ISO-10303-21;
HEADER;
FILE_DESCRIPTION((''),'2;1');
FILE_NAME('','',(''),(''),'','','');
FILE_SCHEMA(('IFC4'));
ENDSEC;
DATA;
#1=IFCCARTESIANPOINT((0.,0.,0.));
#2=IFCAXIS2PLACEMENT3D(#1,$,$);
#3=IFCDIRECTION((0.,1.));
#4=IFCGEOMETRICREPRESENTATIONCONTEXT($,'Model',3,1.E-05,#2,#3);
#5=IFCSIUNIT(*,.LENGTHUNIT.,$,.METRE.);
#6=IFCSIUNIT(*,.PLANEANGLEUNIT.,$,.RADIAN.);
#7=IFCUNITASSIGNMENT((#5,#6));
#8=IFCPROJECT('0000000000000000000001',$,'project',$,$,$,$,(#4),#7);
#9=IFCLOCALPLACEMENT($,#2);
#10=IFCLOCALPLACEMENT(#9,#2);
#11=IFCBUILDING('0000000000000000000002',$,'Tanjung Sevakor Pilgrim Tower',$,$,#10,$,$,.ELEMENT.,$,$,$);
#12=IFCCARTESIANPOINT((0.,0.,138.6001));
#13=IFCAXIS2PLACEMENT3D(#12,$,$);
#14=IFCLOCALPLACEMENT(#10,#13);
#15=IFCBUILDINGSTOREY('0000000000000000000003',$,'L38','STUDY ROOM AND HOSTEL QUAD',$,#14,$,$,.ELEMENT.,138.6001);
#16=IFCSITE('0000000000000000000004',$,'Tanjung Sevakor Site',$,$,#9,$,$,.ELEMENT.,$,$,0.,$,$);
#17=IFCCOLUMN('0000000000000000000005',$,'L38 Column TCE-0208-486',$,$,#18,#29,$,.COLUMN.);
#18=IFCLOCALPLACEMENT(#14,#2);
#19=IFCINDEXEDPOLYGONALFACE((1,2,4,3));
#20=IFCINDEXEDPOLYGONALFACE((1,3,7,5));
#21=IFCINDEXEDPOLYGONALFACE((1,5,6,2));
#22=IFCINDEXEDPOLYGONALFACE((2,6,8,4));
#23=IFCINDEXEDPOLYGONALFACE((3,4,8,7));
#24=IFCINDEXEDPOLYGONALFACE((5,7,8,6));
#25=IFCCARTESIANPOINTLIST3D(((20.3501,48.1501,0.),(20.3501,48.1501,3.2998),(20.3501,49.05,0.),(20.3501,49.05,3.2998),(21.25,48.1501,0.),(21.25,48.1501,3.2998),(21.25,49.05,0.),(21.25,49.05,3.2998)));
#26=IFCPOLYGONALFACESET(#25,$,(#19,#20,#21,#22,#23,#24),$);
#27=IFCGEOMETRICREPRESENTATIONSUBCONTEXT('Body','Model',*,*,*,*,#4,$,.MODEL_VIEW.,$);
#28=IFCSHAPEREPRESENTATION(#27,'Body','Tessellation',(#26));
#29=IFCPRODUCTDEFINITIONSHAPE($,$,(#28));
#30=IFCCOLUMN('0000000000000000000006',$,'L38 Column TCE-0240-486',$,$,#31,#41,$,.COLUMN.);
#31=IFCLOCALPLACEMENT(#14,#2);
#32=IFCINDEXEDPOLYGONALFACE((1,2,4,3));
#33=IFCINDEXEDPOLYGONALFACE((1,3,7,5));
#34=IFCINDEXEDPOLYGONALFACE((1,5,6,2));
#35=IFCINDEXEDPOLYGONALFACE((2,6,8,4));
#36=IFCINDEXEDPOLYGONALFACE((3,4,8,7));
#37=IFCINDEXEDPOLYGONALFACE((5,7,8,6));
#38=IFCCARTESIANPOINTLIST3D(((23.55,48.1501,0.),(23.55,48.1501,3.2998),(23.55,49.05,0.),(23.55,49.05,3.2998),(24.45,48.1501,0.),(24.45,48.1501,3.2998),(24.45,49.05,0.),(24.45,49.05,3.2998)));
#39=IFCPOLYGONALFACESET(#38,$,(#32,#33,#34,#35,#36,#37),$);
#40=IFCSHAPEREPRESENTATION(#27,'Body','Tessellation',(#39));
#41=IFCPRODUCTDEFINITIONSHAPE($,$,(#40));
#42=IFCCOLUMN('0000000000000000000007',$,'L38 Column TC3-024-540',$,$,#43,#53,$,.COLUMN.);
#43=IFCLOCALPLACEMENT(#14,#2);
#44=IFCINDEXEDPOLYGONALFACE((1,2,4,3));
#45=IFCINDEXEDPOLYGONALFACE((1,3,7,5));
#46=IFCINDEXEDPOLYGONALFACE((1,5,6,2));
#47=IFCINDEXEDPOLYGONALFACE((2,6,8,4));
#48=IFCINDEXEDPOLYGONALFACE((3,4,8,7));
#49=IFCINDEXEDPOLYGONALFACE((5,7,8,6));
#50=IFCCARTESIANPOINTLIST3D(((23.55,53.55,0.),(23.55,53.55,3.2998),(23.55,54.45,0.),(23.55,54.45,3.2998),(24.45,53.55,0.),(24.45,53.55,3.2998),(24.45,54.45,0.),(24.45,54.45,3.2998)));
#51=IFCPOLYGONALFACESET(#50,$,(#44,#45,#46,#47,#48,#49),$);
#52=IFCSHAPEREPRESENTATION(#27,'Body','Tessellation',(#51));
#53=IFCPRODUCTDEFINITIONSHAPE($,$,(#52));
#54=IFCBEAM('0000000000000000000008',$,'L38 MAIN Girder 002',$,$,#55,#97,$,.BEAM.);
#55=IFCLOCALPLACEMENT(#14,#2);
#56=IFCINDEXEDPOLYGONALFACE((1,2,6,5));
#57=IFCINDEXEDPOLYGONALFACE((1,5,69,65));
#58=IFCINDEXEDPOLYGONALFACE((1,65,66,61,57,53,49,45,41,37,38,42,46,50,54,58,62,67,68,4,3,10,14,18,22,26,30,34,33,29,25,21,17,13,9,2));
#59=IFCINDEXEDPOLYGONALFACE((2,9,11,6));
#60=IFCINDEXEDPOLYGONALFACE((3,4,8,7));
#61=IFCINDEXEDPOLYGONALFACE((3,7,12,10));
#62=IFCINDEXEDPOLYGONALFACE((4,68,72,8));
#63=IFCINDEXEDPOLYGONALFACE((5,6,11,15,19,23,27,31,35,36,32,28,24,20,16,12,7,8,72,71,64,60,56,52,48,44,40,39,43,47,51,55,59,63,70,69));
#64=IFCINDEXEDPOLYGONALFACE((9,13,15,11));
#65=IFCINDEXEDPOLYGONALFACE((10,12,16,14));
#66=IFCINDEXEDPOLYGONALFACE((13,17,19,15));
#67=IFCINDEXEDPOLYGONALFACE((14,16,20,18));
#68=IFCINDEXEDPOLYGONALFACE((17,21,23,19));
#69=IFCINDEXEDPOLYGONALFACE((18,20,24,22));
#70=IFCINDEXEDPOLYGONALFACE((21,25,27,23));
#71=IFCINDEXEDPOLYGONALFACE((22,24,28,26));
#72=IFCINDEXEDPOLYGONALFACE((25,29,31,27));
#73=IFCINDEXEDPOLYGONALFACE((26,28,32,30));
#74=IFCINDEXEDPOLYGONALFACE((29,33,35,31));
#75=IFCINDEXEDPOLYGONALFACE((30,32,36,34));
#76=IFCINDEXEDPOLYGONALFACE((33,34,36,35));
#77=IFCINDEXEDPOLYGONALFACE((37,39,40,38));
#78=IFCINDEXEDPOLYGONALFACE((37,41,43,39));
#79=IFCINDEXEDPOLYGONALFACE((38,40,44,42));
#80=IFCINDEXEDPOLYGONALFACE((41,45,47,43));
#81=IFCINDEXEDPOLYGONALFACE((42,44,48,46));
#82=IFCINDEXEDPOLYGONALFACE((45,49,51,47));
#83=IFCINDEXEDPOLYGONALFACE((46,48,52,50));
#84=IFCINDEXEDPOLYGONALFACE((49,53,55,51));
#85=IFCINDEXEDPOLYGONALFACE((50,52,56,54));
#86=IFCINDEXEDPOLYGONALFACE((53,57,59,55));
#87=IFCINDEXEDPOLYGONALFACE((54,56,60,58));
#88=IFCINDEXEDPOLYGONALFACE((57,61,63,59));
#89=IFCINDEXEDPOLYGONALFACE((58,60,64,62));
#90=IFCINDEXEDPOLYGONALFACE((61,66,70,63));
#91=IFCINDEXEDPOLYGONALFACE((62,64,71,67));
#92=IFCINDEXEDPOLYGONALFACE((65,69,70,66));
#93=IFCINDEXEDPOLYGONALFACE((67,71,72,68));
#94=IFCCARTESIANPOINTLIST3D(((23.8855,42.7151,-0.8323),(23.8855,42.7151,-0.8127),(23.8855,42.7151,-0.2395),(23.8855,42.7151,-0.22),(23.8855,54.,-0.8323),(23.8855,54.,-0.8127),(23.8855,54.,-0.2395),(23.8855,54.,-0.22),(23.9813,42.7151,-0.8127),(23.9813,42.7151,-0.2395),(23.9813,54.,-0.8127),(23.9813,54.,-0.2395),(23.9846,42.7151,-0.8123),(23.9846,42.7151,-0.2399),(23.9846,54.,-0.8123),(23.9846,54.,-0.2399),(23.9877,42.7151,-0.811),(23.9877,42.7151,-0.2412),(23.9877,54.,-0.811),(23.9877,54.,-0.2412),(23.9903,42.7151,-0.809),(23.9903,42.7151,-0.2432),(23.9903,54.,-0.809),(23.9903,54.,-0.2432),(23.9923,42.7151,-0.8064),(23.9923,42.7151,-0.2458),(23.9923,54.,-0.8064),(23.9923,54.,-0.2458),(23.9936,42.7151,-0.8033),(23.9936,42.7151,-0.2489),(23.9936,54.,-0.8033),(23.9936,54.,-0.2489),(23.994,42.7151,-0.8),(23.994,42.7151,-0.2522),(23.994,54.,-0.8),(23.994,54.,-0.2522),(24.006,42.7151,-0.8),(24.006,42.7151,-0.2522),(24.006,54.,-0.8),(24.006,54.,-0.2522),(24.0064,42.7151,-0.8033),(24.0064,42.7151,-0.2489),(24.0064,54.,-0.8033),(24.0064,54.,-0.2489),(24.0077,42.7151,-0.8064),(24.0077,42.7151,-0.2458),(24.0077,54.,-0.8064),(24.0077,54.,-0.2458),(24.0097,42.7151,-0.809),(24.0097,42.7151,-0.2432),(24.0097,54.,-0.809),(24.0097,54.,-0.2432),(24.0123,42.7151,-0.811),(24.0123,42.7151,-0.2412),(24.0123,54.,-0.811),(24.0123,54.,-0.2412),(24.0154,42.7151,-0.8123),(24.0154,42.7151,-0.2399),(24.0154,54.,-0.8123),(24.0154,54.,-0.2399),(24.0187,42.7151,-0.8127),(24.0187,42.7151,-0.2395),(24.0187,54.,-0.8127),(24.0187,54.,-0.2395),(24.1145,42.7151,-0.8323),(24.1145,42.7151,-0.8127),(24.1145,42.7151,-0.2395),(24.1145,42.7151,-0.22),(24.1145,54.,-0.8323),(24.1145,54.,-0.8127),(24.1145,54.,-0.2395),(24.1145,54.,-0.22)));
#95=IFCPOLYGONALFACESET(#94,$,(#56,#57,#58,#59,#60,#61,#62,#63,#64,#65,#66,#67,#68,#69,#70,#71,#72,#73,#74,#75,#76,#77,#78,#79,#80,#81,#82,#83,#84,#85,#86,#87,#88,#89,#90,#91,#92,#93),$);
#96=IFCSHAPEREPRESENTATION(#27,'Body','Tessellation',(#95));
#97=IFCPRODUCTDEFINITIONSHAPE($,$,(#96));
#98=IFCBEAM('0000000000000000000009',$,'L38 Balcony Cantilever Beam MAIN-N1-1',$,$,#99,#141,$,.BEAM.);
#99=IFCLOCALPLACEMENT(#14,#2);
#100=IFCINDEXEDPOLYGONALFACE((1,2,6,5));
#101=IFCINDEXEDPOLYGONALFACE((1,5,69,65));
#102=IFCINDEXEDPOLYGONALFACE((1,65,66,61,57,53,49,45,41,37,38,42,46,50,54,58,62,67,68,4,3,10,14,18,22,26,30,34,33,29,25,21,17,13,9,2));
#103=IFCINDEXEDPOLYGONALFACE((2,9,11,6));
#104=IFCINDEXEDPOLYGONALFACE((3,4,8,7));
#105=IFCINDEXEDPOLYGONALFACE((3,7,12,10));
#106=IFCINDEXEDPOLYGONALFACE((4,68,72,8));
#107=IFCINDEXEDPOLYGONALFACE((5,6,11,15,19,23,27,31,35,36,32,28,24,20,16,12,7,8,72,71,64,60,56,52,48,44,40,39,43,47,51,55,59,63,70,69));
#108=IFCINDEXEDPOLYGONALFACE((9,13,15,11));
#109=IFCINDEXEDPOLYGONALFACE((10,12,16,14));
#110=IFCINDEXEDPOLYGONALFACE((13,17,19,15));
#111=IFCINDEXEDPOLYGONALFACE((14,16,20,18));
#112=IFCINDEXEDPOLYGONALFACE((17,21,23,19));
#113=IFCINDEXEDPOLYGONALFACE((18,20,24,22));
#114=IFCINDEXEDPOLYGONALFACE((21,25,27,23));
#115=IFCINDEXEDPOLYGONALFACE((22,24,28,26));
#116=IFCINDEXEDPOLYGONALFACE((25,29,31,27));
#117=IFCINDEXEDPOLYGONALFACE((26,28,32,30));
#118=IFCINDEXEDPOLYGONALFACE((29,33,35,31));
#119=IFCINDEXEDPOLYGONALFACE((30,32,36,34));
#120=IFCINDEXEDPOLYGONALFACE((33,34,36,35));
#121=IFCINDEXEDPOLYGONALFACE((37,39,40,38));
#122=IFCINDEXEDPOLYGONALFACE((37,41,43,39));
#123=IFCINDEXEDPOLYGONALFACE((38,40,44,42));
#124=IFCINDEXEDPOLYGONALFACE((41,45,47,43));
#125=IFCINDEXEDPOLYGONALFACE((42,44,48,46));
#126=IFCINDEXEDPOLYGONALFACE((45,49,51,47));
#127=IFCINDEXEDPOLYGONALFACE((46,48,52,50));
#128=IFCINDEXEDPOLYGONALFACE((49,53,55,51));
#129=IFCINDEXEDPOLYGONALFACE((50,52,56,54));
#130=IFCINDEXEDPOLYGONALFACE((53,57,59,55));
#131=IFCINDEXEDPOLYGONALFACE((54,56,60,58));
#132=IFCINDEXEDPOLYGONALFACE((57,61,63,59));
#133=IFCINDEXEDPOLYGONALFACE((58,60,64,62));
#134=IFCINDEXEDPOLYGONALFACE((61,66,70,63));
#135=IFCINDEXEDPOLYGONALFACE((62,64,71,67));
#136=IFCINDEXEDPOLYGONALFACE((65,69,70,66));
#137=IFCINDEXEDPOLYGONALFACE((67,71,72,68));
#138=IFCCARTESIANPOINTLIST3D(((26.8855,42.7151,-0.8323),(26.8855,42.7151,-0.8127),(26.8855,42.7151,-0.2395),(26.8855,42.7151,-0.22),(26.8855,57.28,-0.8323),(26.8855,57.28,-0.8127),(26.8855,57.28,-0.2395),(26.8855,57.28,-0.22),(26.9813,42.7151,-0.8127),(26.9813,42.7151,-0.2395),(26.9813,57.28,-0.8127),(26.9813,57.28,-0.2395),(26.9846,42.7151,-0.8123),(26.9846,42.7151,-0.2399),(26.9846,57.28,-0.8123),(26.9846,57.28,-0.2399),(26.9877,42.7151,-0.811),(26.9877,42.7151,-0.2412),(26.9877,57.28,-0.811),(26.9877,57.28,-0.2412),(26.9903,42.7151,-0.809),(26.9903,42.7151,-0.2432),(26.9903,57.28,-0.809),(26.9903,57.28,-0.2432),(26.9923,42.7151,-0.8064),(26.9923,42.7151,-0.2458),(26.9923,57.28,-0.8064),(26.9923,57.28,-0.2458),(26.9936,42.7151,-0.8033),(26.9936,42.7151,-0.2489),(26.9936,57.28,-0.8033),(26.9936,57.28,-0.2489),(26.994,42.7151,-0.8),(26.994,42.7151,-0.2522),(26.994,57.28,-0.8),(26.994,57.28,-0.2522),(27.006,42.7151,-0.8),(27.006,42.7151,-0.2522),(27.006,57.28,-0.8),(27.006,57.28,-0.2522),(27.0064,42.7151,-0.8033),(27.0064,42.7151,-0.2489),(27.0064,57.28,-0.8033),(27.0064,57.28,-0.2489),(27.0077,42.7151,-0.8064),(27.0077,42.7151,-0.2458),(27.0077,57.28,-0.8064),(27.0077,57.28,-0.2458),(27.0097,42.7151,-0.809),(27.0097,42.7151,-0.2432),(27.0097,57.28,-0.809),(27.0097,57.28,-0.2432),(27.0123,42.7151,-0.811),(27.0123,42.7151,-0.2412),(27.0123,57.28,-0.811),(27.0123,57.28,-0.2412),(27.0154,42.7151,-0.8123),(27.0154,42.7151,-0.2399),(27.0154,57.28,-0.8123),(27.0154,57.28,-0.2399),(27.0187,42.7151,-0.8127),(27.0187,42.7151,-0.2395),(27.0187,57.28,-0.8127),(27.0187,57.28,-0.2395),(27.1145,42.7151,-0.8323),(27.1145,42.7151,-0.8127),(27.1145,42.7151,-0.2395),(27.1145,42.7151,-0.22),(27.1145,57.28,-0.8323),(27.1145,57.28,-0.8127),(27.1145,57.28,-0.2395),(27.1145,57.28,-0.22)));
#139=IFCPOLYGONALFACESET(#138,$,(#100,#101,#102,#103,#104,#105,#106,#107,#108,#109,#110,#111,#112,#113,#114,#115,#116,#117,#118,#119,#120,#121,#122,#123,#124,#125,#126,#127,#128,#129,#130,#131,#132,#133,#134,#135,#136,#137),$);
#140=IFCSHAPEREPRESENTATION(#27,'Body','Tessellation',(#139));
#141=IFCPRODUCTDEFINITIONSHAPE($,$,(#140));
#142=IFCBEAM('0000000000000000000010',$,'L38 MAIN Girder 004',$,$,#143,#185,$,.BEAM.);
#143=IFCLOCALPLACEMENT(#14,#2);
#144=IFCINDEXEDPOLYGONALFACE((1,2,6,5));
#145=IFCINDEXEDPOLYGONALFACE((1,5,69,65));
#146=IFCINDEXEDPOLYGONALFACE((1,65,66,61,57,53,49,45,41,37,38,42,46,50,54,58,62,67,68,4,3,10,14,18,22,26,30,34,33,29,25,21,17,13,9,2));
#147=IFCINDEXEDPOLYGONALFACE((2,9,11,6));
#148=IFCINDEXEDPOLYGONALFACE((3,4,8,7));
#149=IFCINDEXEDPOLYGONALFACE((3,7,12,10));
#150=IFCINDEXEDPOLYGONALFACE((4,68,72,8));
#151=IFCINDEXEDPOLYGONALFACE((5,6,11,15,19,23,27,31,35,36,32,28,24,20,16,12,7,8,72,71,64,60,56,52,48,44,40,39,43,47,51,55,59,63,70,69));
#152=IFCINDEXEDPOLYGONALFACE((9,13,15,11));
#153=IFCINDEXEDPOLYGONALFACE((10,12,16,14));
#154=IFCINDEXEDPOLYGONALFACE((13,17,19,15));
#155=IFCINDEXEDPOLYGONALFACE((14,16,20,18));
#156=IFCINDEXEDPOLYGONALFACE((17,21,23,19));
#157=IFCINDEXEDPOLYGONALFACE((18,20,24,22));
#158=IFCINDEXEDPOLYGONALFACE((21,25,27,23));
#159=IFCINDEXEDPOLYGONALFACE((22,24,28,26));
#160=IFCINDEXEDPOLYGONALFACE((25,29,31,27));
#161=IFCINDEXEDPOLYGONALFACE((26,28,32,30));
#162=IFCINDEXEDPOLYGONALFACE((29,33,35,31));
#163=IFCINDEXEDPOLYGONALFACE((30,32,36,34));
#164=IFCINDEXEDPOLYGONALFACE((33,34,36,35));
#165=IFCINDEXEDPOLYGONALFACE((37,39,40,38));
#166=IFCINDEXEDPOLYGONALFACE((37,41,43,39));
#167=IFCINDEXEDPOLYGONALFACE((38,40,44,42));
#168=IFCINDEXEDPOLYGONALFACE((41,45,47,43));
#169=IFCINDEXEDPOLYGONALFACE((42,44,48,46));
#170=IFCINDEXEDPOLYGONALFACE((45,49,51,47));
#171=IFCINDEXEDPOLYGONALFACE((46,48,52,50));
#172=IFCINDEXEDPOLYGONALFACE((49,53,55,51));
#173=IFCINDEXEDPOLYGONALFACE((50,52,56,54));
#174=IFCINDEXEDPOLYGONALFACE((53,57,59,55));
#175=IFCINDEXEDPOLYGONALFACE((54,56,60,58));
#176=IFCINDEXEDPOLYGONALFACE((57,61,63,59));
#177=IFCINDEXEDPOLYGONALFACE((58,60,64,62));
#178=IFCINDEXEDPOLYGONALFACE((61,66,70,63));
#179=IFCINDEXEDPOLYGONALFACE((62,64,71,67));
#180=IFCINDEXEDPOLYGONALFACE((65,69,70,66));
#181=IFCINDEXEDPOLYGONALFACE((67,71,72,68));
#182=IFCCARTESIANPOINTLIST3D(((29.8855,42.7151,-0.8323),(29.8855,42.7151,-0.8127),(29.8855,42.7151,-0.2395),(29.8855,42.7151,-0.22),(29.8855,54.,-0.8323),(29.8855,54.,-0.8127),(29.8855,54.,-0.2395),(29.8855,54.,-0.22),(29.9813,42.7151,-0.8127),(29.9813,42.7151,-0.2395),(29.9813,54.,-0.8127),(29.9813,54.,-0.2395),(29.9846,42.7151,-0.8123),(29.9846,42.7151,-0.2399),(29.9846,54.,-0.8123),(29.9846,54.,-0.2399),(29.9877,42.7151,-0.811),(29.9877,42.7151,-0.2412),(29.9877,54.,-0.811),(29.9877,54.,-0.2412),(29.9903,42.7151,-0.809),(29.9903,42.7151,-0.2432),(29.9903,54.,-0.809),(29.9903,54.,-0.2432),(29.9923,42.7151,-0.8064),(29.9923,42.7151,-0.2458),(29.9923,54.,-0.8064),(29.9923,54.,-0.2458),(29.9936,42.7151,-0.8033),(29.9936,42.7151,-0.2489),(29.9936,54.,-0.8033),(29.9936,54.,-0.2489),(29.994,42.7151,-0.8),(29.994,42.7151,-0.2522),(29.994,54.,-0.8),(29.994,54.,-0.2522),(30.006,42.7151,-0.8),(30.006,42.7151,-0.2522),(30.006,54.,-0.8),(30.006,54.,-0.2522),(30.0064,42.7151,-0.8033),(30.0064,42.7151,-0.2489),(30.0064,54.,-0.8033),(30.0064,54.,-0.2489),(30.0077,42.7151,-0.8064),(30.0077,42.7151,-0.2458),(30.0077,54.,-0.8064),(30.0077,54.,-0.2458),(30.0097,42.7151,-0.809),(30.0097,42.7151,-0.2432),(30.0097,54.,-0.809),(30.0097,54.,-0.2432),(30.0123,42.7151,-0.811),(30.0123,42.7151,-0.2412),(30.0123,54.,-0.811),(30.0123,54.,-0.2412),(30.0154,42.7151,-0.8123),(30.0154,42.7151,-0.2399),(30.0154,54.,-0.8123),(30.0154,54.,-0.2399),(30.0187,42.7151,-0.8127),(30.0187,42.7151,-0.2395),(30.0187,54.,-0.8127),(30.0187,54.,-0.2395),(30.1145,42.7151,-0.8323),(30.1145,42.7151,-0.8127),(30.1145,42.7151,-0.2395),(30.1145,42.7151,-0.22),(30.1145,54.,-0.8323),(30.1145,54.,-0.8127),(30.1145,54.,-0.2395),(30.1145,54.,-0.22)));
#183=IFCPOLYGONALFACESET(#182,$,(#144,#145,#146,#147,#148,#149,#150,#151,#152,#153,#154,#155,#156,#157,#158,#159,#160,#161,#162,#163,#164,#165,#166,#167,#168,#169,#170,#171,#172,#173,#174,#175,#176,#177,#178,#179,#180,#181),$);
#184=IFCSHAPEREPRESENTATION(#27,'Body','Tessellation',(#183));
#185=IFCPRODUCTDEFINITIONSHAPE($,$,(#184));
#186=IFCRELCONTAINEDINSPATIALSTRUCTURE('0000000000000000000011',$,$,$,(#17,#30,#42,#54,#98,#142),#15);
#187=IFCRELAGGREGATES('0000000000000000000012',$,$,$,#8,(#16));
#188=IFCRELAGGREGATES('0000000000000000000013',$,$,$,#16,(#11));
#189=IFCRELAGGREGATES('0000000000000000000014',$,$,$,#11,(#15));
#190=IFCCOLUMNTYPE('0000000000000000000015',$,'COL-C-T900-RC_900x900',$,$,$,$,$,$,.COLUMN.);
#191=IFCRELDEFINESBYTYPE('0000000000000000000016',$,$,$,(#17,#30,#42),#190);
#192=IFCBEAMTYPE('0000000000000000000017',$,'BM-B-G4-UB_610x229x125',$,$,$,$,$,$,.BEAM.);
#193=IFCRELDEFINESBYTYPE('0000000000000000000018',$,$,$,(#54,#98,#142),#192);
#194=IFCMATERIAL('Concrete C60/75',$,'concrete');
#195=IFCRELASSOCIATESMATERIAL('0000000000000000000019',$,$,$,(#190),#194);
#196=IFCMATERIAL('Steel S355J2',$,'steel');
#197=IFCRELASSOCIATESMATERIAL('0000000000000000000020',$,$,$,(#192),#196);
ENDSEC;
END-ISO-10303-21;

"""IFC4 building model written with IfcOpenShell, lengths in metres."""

from ifc_helpers import new_model, si_unit, direction, frame, origin, origin_2d, place, context, subcontext, project, spatial, rectangle, i_section, extrude, material, material_profile, profile_set, type_object, element, save


model = new_model("IFC4")

# Units and contexts
model_context = context("Model", 3, precision=1e-05, world=origin(), true_north=direction((0.0, 1.0)))
body_context = subcontext(model_context, "Body", "Model", "MODEL_VIEW")
ifc_project = project(units=[si_unit("LENGTHUNIT", "METRE"), si_unit("PLANEANGLEUNIT", "RADIAN")], contexts=[model_context])

# Site, building, storey
site_placement = place(None, origin())
site = spatial("IfcSite", under=ifc_project, at=site_placement, Name="Tanjung Sevakor Site", CompositionType="ELEMENT", RefElevation=0.0)
building_placement = place(site_placement, origin())
building = spatial("IfcBuilding", under=site, at=building_placement, Name="Tanjung Sevakor Pilgrim Tower", CompositionType="ELEMENT")
storey_placement = place(building_placement, frame((0.0, 0.0, 138.6001)))
storey = spatial("IfcBuildingStorey", under=building, at=storey_placement, Name="L38", Description="STUDY ROOM AND HOSTEL QUAD", CompositionType="ELEMENT", Elevation=138.6001)

# Columns
ifc_material_1 = material(Name="Concrete C60/75", Category="concrete")
ifc_material_profile_1 = material_profile(ifc_material_1, rectangle(XDim=0.8999, YDim=0.8999, at=origin_2d()))
ifc_profile_set_1 = profile_set([ifc_material_profile_1], Name="Concrete C60/75")
column_type = type_object("IfcColumnType", Name="COL-C-T900-RC_900x900", PredefinedType="COLUMN", material=ifc_profile_set_1)
for number, where, z_axis, x_axis, name in (
    (1, (20.8, 48.6001, 0.0), (0.0, 0.0, 1.0), (1.0, 0.0, 0.0), "L38 Column TCE-0208-486"),
    (2, (24.0, 48.6001, 0.0), (0.0, 0.0, 1.0), (1.0, 0.0, 0.0), "L38 Column TCE-0240-486"),
    (3, (24.0, 54.0, 0.0), (0.0, 0.0, 1.0), (1.0, 0.0, 0.0), "L38 Column TC3-024-540"),
):
    element("IfcColumn", number, at=place(storey_placement, frame(where, z_axis=z_axis, x_axis=x_axis)), inside=storey, type_object=column_type, Name=name, PredefinedType="COLUMN", context=body_context, shape_type="SweptSolid", body=[
        extrude(rectangle(XDim=0.8999, YDim=0.8999, at=origin_2d()), origin(), (0.0, 0.0, 1.0), 3.2998),
    ])

# Beams
ifc_material_2 = material(Name="Steel S355J2", Category="steel")
ifc_material_profile_2 = material_profile(ifc_material_2, i_section(OverallWidth=0.229, OverallDepth=0.6123, WebThickness=0.012, FlangeThickness=0.0195, FilletRadius=0.0127, at=origin_2d()))
ifc_profile_set_2 = profile_set([ifc_material_profile_2], Name="Steel S355J2")
beam_type_1 = type_object("IfcBeamType", Name="BM-B-G4-UB_610x229x125", PredefinedType="BEAM", material=ifc_profile_set_2)
beam_1_placement = place(storey_placement, frame((24.0, 42.7151, -0.5261), z_axis=(0.0, 1.0, 0.0), x_axis=(-1.0, 0.0, 0.0)))
element("IfcBeam", 4, at=beam_1_placement, inside=storey, type_object=beam_type_1, Name="L38 MAIN Girder 002", PredefinedType="BEAM", context=body_context, shape_type="SweptSolid", body=[
    extrude(i_section(OverallWidth=0.229, OverallDepth=0.6123, WebThickness=0.012, FlangeThickness=0.0195, FilletRadius=0.0127, at=origin_2d()), origin(), (0.0, 0.0, 1.0), 11.2849),
])
beam_2_placement = place(storey_placement, frame((27.0, 42.7151, -0.5261), z_axis=(0.0, 1.0, 0.0), x_axis=(-1.0, 0.0, 0.0)))
element("IfcBeam", 5, at=beam_2_placement, inside=storey, type_object=beam_type_1, Name="L38 Balcony Cantilever Beam MAIN-N1-1", PredefinedType="BEAM", context=body_context, shape_type="SweptSolid", body=[
    extrude(i_section(OverallWidth=0.229, OverallDepth=0.6123, WebThickness=0.012, FlangeThickness=0.0195, FilletRadius=0.0127, at=origin_2d()), origin(), (0.0, 0.0, 1.0), 14.5649),
])
beam_3_placement = place(storey_placement, frame((30.0, 42.7151, -0.5261), z_axis=(0.0, 1.0, 0.0), x_axis=(-1.0, 0.0, 0.0)))
element("IfcBeam", 6, at=beam_3_placement, inside=storey, type_object=beam_type_1, Name="L38 MAIN Girder 004", PredefinedType="BEAM", context=body_context, shape_type="SweptSolid", body=[
    extrude(i_section(OverallWidth=0.229, OverallDepth=0.6123, WebThickness=0.012, FlangeThickness=0.0195, FilletRadius=0.0127, at=origin_2d()), origin(), (0.0, 0.0, 1.0), 11.2849),
])

save(model, "model.ifc")
